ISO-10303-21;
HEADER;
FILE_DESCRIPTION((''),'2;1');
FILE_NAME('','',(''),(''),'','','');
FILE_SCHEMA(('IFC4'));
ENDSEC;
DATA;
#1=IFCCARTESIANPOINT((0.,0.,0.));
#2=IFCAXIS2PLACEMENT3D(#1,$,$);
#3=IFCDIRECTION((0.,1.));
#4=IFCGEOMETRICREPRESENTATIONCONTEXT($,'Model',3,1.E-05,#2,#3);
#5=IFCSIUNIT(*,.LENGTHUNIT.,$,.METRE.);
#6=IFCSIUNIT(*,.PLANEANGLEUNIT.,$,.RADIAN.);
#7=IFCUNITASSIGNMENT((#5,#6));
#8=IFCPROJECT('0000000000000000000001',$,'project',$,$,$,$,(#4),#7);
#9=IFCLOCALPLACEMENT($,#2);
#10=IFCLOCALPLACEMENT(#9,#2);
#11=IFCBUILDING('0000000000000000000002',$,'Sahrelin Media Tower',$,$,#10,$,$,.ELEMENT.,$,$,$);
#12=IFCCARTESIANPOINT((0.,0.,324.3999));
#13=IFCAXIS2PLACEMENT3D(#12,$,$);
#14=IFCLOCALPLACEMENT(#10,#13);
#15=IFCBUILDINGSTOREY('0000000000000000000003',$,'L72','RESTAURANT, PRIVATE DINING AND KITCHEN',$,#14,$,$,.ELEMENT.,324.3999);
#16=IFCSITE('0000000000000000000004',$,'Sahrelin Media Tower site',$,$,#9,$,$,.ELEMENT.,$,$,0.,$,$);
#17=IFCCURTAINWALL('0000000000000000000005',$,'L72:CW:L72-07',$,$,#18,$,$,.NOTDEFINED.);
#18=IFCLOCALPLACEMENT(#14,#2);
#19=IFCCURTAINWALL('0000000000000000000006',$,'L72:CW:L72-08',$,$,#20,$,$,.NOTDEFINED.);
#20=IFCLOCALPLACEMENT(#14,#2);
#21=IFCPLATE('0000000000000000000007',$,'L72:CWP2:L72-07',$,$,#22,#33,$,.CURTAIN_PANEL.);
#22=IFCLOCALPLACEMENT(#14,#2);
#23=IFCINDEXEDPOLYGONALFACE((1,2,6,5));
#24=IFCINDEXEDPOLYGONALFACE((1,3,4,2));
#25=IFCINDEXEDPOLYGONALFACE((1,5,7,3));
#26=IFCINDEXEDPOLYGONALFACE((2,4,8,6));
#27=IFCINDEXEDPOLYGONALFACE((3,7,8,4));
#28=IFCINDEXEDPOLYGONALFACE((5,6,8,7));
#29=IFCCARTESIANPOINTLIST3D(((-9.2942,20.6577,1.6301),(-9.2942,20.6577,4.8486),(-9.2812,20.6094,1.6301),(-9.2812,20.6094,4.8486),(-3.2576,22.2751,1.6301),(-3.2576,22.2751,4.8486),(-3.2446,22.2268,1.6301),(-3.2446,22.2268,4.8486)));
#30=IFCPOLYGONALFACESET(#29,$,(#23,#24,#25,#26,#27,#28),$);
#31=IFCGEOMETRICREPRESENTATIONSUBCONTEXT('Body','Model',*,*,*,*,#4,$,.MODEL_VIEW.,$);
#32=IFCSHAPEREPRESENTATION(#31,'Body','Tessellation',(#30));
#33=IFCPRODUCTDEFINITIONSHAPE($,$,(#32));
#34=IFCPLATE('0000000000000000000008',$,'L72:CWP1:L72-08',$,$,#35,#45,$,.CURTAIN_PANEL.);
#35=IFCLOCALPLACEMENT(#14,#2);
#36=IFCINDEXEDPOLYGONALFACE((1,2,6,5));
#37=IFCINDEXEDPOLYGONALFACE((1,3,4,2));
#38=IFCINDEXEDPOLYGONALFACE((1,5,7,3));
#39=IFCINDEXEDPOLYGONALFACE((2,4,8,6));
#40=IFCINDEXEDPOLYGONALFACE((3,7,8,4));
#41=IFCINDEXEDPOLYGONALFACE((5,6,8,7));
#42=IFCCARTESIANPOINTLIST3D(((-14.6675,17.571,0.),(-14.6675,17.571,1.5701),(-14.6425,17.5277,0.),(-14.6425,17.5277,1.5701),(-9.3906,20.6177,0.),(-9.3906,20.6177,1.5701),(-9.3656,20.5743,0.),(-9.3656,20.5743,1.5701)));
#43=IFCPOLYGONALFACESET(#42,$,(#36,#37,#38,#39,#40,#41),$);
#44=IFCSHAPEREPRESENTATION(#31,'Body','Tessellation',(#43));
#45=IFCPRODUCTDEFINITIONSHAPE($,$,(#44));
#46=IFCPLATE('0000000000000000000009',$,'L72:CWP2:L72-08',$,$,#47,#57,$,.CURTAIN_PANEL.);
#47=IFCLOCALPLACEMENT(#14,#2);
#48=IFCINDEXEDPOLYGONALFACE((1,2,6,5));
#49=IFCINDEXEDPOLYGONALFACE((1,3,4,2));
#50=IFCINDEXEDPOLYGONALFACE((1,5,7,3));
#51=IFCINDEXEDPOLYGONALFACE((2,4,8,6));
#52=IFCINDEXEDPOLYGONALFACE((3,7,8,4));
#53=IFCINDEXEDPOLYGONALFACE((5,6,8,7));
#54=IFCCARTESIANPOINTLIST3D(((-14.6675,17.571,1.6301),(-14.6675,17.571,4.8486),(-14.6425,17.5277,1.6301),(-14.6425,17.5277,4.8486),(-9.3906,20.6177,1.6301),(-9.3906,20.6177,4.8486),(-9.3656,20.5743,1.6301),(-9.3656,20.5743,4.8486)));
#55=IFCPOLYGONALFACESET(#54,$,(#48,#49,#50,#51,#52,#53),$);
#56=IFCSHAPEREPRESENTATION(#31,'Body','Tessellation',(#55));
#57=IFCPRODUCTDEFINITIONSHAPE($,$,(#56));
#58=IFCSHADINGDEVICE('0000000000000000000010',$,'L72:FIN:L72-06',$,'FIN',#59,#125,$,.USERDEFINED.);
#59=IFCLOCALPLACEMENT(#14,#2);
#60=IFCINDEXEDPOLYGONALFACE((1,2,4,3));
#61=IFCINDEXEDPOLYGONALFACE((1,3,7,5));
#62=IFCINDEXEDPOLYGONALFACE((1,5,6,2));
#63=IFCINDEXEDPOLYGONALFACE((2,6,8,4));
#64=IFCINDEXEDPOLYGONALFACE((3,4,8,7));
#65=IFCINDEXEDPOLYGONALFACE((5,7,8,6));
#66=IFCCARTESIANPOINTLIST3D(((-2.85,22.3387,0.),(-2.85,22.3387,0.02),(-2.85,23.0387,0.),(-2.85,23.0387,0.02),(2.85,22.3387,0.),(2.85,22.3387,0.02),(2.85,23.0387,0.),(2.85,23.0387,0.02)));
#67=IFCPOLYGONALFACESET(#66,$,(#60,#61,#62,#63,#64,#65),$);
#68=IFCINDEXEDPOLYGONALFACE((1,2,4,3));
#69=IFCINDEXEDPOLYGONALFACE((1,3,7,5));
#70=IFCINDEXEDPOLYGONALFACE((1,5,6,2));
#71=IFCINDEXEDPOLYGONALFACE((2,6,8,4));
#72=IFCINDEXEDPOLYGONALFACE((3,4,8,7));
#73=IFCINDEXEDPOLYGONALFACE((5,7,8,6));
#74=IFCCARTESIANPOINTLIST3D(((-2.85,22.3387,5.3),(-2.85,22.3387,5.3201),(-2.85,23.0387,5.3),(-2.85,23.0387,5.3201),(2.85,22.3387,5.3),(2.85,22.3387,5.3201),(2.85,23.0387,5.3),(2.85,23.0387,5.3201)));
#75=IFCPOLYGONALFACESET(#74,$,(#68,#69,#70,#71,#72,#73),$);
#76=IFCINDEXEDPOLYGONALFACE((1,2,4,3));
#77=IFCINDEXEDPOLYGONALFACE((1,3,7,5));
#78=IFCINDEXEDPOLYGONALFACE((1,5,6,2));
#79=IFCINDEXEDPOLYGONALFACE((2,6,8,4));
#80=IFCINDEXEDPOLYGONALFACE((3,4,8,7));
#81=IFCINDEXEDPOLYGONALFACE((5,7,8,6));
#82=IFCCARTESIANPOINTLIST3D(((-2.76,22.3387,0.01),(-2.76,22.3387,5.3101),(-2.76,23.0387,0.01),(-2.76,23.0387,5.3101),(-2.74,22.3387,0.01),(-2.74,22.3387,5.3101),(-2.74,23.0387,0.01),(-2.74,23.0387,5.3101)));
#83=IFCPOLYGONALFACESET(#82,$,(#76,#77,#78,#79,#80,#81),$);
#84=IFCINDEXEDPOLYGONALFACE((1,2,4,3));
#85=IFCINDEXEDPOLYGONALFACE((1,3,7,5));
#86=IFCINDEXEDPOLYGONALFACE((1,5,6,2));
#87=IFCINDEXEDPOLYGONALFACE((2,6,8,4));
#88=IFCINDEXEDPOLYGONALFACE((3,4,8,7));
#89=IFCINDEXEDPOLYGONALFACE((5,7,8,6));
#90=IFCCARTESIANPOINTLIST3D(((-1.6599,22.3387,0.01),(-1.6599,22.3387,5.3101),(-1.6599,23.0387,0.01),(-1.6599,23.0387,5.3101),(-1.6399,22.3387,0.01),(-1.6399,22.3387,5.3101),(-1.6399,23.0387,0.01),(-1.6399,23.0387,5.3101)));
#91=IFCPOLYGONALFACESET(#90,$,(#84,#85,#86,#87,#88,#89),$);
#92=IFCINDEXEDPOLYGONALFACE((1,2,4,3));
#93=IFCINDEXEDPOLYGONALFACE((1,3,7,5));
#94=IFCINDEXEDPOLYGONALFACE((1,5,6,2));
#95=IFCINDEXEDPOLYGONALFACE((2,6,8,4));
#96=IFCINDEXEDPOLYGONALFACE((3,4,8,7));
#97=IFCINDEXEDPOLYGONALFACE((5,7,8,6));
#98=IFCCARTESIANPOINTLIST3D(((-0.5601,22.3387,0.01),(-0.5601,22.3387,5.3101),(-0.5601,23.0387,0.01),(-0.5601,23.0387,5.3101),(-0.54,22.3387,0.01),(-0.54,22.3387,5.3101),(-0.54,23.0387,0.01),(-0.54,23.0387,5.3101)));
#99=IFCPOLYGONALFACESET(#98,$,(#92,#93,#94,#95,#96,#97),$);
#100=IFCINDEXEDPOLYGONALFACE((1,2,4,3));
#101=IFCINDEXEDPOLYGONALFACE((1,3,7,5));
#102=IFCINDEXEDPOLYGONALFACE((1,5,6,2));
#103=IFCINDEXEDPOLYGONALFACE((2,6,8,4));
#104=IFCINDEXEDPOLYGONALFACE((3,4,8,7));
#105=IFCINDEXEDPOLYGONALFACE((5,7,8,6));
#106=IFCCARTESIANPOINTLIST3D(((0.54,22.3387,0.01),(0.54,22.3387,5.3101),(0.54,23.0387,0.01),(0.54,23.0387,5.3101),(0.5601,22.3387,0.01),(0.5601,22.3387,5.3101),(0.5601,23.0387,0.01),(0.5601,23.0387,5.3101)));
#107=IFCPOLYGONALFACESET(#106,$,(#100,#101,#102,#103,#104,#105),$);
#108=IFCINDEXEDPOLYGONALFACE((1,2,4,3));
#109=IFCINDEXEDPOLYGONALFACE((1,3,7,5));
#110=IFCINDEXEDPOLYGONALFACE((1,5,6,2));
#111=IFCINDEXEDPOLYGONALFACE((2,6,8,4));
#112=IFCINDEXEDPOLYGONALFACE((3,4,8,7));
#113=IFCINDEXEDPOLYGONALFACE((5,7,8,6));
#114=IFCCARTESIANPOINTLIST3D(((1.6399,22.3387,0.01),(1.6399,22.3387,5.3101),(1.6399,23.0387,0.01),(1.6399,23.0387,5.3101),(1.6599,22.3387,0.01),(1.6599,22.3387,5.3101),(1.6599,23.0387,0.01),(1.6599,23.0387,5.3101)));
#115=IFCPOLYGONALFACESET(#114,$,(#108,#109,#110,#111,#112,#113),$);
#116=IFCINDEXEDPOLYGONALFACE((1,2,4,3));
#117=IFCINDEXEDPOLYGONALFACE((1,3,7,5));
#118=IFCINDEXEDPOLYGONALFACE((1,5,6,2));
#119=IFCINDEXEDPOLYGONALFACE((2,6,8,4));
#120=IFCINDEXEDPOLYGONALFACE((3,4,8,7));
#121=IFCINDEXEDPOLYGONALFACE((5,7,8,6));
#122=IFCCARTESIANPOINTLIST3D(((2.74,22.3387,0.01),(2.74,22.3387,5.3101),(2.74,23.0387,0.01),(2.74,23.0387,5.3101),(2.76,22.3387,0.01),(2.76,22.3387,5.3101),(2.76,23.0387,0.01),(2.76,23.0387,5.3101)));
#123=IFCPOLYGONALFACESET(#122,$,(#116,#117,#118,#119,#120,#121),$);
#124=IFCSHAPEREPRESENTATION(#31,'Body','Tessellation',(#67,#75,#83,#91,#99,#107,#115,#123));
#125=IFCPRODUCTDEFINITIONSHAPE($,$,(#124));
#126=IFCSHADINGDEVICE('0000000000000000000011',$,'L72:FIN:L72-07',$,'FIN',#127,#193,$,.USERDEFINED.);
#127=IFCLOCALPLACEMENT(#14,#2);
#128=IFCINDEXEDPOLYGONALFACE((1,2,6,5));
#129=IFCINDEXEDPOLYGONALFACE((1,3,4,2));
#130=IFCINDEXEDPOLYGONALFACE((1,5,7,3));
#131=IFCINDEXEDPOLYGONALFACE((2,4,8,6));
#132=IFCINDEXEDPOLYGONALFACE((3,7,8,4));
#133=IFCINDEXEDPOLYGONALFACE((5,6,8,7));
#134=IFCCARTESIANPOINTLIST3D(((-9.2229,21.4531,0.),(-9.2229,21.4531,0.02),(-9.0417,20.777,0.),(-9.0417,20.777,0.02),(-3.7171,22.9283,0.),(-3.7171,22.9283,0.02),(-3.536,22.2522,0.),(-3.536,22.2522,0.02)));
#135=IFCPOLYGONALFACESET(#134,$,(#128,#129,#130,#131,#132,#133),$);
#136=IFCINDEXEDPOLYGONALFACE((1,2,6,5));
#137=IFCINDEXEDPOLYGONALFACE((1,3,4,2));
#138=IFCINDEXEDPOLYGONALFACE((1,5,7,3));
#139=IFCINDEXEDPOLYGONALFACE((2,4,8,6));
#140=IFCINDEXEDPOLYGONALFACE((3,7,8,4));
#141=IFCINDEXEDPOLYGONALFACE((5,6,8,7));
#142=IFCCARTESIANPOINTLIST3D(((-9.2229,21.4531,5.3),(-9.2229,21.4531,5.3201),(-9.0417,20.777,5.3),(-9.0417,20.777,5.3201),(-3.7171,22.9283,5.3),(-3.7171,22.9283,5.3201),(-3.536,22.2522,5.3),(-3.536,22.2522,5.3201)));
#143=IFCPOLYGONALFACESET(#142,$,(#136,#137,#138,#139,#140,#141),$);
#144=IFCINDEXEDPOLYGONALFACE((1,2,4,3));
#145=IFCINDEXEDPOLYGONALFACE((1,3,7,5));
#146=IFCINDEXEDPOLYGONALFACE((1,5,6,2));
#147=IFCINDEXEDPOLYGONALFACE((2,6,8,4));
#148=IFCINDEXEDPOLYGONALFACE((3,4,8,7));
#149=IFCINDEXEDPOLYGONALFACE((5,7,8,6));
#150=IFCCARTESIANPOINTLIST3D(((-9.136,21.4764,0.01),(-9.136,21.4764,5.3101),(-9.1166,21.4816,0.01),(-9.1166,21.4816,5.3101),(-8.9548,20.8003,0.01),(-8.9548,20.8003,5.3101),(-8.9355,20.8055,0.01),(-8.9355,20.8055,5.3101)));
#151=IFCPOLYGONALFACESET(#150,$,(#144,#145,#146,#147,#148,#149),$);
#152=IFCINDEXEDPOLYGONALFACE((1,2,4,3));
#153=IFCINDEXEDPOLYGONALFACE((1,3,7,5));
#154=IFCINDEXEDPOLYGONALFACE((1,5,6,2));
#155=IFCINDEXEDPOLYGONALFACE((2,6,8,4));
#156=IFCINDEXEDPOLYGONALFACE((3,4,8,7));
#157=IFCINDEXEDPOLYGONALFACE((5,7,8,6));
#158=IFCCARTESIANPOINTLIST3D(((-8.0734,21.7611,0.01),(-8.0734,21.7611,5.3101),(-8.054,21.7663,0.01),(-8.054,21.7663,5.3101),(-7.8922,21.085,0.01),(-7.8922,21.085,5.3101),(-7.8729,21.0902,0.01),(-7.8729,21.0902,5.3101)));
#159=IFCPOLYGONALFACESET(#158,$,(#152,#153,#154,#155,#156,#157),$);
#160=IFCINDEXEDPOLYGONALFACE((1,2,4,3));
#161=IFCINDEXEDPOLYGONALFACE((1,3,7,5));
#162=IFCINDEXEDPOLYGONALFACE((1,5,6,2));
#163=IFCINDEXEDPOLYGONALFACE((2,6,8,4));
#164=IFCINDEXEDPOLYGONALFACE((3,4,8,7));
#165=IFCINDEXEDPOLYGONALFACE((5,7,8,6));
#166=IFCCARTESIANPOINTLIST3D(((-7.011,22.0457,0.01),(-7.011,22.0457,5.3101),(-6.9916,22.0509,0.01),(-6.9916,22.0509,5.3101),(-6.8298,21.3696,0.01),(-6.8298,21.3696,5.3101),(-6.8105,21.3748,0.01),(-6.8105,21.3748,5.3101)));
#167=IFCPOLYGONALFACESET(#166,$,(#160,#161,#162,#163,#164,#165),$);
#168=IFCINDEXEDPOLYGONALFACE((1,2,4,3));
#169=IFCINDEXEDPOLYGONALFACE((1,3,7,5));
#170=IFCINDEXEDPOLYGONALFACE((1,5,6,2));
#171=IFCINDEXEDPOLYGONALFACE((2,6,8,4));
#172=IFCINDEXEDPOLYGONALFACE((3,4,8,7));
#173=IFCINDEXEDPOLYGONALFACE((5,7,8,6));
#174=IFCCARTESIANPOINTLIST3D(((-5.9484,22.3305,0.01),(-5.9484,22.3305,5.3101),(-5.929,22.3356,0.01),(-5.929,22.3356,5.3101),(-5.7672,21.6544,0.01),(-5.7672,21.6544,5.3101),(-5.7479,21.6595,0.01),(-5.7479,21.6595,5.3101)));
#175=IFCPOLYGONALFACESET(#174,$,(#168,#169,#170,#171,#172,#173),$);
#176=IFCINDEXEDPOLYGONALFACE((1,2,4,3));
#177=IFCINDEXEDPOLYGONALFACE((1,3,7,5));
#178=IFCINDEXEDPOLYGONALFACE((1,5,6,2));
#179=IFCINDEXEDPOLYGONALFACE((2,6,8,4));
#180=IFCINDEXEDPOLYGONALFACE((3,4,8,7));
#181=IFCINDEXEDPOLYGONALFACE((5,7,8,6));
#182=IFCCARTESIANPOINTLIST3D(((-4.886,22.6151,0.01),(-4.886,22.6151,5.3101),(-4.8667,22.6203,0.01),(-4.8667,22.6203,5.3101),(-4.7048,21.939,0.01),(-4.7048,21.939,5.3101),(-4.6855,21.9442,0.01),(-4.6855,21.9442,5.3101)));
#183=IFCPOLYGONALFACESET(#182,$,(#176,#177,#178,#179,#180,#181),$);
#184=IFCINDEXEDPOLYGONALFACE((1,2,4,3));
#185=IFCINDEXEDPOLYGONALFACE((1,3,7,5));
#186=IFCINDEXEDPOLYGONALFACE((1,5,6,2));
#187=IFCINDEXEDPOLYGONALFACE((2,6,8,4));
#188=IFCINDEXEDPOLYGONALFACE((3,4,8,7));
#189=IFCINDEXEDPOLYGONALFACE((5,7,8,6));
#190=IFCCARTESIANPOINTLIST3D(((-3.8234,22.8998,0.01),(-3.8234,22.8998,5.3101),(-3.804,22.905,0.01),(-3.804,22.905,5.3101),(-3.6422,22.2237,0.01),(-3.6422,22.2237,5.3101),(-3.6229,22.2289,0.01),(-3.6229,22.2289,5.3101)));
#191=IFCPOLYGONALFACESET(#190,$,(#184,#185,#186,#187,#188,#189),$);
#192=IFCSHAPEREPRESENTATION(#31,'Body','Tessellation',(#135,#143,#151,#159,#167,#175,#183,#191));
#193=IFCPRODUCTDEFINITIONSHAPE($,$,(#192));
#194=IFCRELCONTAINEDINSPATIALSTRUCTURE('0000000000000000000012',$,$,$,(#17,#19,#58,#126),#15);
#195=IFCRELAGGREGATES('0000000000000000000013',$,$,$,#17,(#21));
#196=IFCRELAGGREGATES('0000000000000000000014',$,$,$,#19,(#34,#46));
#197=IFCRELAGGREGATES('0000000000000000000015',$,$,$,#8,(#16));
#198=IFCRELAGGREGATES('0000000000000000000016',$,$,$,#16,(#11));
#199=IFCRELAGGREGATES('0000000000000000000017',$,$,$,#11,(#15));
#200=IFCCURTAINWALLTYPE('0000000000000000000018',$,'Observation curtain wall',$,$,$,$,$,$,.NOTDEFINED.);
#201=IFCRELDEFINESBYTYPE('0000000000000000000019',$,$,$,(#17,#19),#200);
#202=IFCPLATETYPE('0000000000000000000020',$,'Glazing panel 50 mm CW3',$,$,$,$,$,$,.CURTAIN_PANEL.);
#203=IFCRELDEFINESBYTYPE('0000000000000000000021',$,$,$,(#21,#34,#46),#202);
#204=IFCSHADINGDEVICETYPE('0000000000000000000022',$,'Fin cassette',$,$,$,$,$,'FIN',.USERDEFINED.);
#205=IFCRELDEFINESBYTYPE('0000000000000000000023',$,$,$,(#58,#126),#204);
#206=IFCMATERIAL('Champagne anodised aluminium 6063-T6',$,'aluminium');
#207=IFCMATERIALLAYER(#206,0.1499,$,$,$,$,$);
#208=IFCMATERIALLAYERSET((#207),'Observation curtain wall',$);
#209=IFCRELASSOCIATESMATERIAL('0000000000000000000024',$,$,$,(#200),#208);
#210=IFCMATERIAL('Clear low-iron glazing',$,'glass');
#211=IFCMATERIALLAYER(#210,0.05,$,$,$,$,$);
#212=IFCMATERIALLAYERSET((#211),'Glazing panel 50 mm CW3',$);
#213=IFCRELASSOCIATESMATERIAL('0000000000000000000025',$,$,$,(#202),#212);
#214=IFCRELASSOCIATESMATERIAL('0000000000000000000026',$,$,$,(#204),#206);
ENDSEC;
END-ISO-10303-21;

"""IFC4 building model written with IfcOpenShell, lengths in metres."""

from ifc_helpers import new_model, si_unit, direction, frame, origin, origin_2d, place, context, subcontext, project, spatial, polyline, rectangle, outline, extrude, material, layer, layer_set, type_object, element, aggregate, save


model = new_model("IFC4")

# Units and contexts
model_context = context("Model", 3, precision=1e-05, world=origin(), true_north=direction((0.0, 1.0)))
body_context = subcontext(model_context, "Body", "Model", "MODEL_VIEW")
ifc_project = project(units=[si_unit("LENGTHUNIT", "METRE"), si_unit("PLANEANGLEUNIT", "RADIAN")], contexts=[model_context])

# Site, building, storey
site_placement = place(None, origin())
site = spatial("IfcSite", under=ifc_project, at=site_placement, Name="Sahrelin Media Tower site", CompositionType="ELEMENT", RefElevation=0.0)
building_placement = place(site_placement, origin())
building = spatial("IfcBuilding", under=site, at=building_placement, Name="Sahrelin Media Tower", CompositionType="ELEMENT")
storey_placement = place(building_placement, frame((0.0, 0.0, 324.3999)))
storey = spatial("IfcBuildingStorey", under=building, at=storey_placement, Name="L72", Description="RESTAURANT, PRIVATE DINING AND KITCHEN", CompositionType="ELEMENT", Elevation=324.3999)

# Curtain wall
ifc_material_1 = material(Name="Champagne anodised aluminium 6063-T6", Category="aluminium")
ifc_layer_1 = layer(ifc_material_1, 0.1499)
ifc_layer_set_1 = layer_set([ifc_layer_1], Name="Observation curtain wall")
curtain_wall_type = type_object("IfcCurtainWallType", Name="Observation curtain wall", PredefinedType="NOTDEFINED", material=ifc_layer_set_1)
placement_1 = place(storey_placement, frame((0.0, 22.2688, 0.0), z_axis=(0.0, 0.0, 1.0), x_axis=(1.0, 0.0, 0.0)))
curtain_wall_1_placement = place(storey_placement, frame((-6.2708, 21.447, 0.0), z_axis=(0.0, 0.0, 1.0), x_axis=(1.0, 0.0, 0.0)))
curtain_wall_1 = element("IfcCurtainWall", 1, at=curtain_wall_1_placement, inside=storey, type_object=curtain_wall_type, Name="L72:CW:L72-07", PredefinedType="NOTDEFINED")

# Curtain wall
curtain_wall_2_placement = place(storey_placement, frame((-12.019, 19.0771, 0.0), z_axis=(0.0, 0.0, 1.0), x_axis=(1.0, 0.0, 0.0)))
curtain_wall_2 = element("IfcCurtainWall", 2, at=curtain_wall_2_placement, inside=storey, type_object=curtain_wall_type, Name="L72:CW:L72-08", PredefinedType="NOTDEFINED")

# Plates
ifc_material_2 = material(Name="Clear low-iron glazing", Category="glass")
ifc_layer_2 = layer(ifc_material_2, 0.05)
ifc_layer_set_2 = layer_set([ifc_layer_2], Name="Glazing panel 50 mm CW3")
plate_type = type_object("IfcPlateType", Name="Glazing panel 50 mm CW3", PredefinedType="CURTAIN_PANEL", material=ifc_layer_set_2)
plate_1_placement = place(storey_placement, frame((-3.2576, 22.2751, 1.6301), z_axis=(-0.258808, 0.965929, 0.0), x_axis=(-0.965929, -0.258808, 0.0)))
plate_1 = element("IfcPlate", 3, at=plate_1_placement, type_object=plate_type, Name="L72:CWP2:L72-07", PredefinedType="CURTAIN_PANEL", context=body_context, shape_type="SweptSolid", body=[
    extrude(outline(polyline([(0.0, 0.0), (6.2495, 0.0), (6.2495, 3.2185), (0.0, 3.2185), (0.0, 0.0)])), origin(), (0.0, 0.0, -1.0), 0.05),
])
aggregate(curtain_wall_1, [plate_1])
plate_2_placement = place(storey_placement, frame((-9.3906, 20.6177, 0.0), z_axis=(-0.500005, 0.866023, 0.0), x_axis=(-0.866023, -0.500005, 0.0)))
plate_2 = element("IfcPlate", 4, at=plate_2_placement, type_object=plate_type, Name="L72:CWP1:L72-08", PredefinedType="CURTAIN_PANEL", context=body_context, shape_type="SweptSolid", body=[
    extrude(outline(polyline([(0.0, 0.0), (6.0933, 0.0), (6.0933, 1.5701), (0.0, 1.5701), (0.0, 0.0)])), origin(), (0.0, 0.0, -1.0), 0.05),
])
plate_3_placement = place(storey_placement, frame((-9.3906, 20.6177, 1.6301), z_axis=(-0.500005, 0.866023, 0.0), x_axis=(-0.866023, -0.500005, 0.0)))
plate_3 = element("IfcPlate", 5, at=plate_3_placement, type_object=plate_type, Name="L72:CWP2:L72-08", PredefinedType="CURTAIN_PANEL", context=body_context, shape_type="SweptSolid", body=[
    extrude(outline(polyline([(0.0, 0.0), (6.0933, 0.0), (6.0933, 3.2185), (0.0, 3.2185), (0.0, 0.0)])), origin(), (0.0, 0.0, -1.0), 0.05),
])
aggregate(curtain_wall_2, [plate_2, plate_3])

# Shading devices
shading_device_type_1 = type_object("IfcShadingDeviceType", Name="Fin cassette", ElementType="FIN", PredefinedType="USERDEFINED", material=ifc_material_1)
element("IfcShadingDevice", 6, at=placement_1, inside=storey, type_object=shading_device_type_1, Name="L72:FIN:L72-06", ObjectType="FIN", PredefinedType="USERDEFINED", context=body_context, shape_type="SweptSolid", body=[
    extrude(rectangle(XDim=5.7, YDim=0.7, at=origin_2d()), frame((0.0, 0.4199, 0.0)), (0.0, 0.0, 1.0), 0.02),
    extrude(rectangle(XDim=5.7, YDim=0.7, at=origin_2d()), frame((0.0, 0.4199, 5.3)), (0.0, 0.0, 1.0), 0.02),
    extrude(rectangle(XDim=0.02, YDim=0.7, at=origin_2d()), frame((-2.75, 0.4199, 0.01), z_axis=(0.0, 0.0, 1.0), x_axis=(1.0, 0.0, 0.0)), (0.0, 0.0, 1.0), 5.3),
    extrude(rectangle(XDim=0.02, YDim=0.7, at=origin_2d()), frame((-1.6499, 0.4199, 0.01), z_axis=(0.0, 0.0, 1.0), x_axis=(1.0, 0.0, 0.0)), (0.0, 0.0, 1.0), 5.3),
    extrude(rectangle(XDim=0.02, YDim=0.7, at=origin_2d()), frame((-0.55, 0.4199, 0.01), z_axis=(0.0, 0.0, 1.0), x_axis=(1.0, 0.0, 0.0)), (0.0, 0.0, 1.0), 5.3),
    extrude(rectangle(XDim=0.02, YDim=0.7, at=origin_2d()), frame((0.55, 0.4199, 0.01), z_axis=(0.0, 0.0, 1.0), x_axis=(1.0, 0.0, 0.0)), (0.0, 0.0, 1.0), 5.3),
    extrude(rectangle(XDim=0.02, YDim=0.7, at=origin_2d()), frame((1.6499, 0.4199, 0.01), z_axis=(0.0, 0.0, 1.0), x_axis=(1.0, 0.0, 0.0)), (0.0, 0.0, 1.0), 5.3),
    extrude(rectangle(XDim=0.02, YDim=0.7, at=origin_2d()), frame((2.75, 0.4199, 0.01), z_axis=(0.0, 0.0, 1.0), x_axis=(1.0, 0.0, 0.0)), (0.0, 0.0, 1.0), 5.3),
])
placement_2 = place(storey_placement, frame((-6.2708, 21.447, 0.0), z_axis=(0.0, 0.0, 1.0), x_axis=(0.965929, 0.258808, 0.0)))
element("IfcShadingDevice", 7, at=placement_2, inside=storey, type_object=shading_device_type_1, Name="L72:FIN:L72-07", ObjectType="FIN", PredefinedType="USERDEFINED", context=body_context, shape_type="SweptSolid", body=[
    extrude(rectangle(XDim=5.7, YDim=0.7, at=origin_2d()), frame((0.0, 0.4199, 0.0)), (0.0, 0.0, 1.0), 0.02),
    extrude(rectangle(XDim=5.7, YDim=0.7, at=origin_2d()), frame((0.0, 0.4199, 5.3)), (0.0, 0.0, 1.0), 0.02),
    extrude(rectangle(XDim=0.02, YDim=0.7, at=origin_2d()), frame((-2.75, 0.4199, 0.01), z_axis=(0.0, 0.0, 1.0), x_axis=(1.0, 0.0, 0.0)), (0.0, 0.0, 1.0), 5.3),
    extrude(rectangle(XDim=0.02, YDim=0.7, at=origin_2d()), frame((-1.6499, 0.4199, 0.01), z_axis=(0.0, 0.0, 1.0), x_axis=(1.0, 0.0, 0.0)), (0.0, 0.0, 1.0), 5.3),
    extrude(rectangle(XDim=0.02, YDim=0.7, at=origin_2d()), frame((-0.55, 0.4199, 0.01), z_axis=(0.0, 0.0, 1.0), x_axis=(1.0, 0.0, 0.0)), (0.0, 0.0, 1.0), 5.3),
    extrude(rectangle(XDim=0.02, YDim=0.7, at=origin_2d()), frame((0.55, 0.4199, 0.01), z_axis=(0.0, 0.0, 1.0), x_axis=(1.0, 0.0, 0.0)), (0.0, 0.0, 1.0), 5.3),
    extrude(rectangle(XDim=0.02, YDim=0.7, at=origin_2d()), frame((1.6499, 0.4199, 0.01), z_axis=(0.0, 0.0, 1.0), x_axis=(1.0, 0.0, 0.0)), (0.0, 0.0, 1.0), 5.3),
    extrude(rectangle(XDim=0.02, YDim=0.7, at=origin_2d()), frame((2.75, 0.4199, 0.01), z_axis=(0.0, 0.0, 1.0), x_axis=(1.0, 0.0, 0.0)), (0.0, 0.0, 1.0), 5.3),
])

save(model, "model.ifc")
